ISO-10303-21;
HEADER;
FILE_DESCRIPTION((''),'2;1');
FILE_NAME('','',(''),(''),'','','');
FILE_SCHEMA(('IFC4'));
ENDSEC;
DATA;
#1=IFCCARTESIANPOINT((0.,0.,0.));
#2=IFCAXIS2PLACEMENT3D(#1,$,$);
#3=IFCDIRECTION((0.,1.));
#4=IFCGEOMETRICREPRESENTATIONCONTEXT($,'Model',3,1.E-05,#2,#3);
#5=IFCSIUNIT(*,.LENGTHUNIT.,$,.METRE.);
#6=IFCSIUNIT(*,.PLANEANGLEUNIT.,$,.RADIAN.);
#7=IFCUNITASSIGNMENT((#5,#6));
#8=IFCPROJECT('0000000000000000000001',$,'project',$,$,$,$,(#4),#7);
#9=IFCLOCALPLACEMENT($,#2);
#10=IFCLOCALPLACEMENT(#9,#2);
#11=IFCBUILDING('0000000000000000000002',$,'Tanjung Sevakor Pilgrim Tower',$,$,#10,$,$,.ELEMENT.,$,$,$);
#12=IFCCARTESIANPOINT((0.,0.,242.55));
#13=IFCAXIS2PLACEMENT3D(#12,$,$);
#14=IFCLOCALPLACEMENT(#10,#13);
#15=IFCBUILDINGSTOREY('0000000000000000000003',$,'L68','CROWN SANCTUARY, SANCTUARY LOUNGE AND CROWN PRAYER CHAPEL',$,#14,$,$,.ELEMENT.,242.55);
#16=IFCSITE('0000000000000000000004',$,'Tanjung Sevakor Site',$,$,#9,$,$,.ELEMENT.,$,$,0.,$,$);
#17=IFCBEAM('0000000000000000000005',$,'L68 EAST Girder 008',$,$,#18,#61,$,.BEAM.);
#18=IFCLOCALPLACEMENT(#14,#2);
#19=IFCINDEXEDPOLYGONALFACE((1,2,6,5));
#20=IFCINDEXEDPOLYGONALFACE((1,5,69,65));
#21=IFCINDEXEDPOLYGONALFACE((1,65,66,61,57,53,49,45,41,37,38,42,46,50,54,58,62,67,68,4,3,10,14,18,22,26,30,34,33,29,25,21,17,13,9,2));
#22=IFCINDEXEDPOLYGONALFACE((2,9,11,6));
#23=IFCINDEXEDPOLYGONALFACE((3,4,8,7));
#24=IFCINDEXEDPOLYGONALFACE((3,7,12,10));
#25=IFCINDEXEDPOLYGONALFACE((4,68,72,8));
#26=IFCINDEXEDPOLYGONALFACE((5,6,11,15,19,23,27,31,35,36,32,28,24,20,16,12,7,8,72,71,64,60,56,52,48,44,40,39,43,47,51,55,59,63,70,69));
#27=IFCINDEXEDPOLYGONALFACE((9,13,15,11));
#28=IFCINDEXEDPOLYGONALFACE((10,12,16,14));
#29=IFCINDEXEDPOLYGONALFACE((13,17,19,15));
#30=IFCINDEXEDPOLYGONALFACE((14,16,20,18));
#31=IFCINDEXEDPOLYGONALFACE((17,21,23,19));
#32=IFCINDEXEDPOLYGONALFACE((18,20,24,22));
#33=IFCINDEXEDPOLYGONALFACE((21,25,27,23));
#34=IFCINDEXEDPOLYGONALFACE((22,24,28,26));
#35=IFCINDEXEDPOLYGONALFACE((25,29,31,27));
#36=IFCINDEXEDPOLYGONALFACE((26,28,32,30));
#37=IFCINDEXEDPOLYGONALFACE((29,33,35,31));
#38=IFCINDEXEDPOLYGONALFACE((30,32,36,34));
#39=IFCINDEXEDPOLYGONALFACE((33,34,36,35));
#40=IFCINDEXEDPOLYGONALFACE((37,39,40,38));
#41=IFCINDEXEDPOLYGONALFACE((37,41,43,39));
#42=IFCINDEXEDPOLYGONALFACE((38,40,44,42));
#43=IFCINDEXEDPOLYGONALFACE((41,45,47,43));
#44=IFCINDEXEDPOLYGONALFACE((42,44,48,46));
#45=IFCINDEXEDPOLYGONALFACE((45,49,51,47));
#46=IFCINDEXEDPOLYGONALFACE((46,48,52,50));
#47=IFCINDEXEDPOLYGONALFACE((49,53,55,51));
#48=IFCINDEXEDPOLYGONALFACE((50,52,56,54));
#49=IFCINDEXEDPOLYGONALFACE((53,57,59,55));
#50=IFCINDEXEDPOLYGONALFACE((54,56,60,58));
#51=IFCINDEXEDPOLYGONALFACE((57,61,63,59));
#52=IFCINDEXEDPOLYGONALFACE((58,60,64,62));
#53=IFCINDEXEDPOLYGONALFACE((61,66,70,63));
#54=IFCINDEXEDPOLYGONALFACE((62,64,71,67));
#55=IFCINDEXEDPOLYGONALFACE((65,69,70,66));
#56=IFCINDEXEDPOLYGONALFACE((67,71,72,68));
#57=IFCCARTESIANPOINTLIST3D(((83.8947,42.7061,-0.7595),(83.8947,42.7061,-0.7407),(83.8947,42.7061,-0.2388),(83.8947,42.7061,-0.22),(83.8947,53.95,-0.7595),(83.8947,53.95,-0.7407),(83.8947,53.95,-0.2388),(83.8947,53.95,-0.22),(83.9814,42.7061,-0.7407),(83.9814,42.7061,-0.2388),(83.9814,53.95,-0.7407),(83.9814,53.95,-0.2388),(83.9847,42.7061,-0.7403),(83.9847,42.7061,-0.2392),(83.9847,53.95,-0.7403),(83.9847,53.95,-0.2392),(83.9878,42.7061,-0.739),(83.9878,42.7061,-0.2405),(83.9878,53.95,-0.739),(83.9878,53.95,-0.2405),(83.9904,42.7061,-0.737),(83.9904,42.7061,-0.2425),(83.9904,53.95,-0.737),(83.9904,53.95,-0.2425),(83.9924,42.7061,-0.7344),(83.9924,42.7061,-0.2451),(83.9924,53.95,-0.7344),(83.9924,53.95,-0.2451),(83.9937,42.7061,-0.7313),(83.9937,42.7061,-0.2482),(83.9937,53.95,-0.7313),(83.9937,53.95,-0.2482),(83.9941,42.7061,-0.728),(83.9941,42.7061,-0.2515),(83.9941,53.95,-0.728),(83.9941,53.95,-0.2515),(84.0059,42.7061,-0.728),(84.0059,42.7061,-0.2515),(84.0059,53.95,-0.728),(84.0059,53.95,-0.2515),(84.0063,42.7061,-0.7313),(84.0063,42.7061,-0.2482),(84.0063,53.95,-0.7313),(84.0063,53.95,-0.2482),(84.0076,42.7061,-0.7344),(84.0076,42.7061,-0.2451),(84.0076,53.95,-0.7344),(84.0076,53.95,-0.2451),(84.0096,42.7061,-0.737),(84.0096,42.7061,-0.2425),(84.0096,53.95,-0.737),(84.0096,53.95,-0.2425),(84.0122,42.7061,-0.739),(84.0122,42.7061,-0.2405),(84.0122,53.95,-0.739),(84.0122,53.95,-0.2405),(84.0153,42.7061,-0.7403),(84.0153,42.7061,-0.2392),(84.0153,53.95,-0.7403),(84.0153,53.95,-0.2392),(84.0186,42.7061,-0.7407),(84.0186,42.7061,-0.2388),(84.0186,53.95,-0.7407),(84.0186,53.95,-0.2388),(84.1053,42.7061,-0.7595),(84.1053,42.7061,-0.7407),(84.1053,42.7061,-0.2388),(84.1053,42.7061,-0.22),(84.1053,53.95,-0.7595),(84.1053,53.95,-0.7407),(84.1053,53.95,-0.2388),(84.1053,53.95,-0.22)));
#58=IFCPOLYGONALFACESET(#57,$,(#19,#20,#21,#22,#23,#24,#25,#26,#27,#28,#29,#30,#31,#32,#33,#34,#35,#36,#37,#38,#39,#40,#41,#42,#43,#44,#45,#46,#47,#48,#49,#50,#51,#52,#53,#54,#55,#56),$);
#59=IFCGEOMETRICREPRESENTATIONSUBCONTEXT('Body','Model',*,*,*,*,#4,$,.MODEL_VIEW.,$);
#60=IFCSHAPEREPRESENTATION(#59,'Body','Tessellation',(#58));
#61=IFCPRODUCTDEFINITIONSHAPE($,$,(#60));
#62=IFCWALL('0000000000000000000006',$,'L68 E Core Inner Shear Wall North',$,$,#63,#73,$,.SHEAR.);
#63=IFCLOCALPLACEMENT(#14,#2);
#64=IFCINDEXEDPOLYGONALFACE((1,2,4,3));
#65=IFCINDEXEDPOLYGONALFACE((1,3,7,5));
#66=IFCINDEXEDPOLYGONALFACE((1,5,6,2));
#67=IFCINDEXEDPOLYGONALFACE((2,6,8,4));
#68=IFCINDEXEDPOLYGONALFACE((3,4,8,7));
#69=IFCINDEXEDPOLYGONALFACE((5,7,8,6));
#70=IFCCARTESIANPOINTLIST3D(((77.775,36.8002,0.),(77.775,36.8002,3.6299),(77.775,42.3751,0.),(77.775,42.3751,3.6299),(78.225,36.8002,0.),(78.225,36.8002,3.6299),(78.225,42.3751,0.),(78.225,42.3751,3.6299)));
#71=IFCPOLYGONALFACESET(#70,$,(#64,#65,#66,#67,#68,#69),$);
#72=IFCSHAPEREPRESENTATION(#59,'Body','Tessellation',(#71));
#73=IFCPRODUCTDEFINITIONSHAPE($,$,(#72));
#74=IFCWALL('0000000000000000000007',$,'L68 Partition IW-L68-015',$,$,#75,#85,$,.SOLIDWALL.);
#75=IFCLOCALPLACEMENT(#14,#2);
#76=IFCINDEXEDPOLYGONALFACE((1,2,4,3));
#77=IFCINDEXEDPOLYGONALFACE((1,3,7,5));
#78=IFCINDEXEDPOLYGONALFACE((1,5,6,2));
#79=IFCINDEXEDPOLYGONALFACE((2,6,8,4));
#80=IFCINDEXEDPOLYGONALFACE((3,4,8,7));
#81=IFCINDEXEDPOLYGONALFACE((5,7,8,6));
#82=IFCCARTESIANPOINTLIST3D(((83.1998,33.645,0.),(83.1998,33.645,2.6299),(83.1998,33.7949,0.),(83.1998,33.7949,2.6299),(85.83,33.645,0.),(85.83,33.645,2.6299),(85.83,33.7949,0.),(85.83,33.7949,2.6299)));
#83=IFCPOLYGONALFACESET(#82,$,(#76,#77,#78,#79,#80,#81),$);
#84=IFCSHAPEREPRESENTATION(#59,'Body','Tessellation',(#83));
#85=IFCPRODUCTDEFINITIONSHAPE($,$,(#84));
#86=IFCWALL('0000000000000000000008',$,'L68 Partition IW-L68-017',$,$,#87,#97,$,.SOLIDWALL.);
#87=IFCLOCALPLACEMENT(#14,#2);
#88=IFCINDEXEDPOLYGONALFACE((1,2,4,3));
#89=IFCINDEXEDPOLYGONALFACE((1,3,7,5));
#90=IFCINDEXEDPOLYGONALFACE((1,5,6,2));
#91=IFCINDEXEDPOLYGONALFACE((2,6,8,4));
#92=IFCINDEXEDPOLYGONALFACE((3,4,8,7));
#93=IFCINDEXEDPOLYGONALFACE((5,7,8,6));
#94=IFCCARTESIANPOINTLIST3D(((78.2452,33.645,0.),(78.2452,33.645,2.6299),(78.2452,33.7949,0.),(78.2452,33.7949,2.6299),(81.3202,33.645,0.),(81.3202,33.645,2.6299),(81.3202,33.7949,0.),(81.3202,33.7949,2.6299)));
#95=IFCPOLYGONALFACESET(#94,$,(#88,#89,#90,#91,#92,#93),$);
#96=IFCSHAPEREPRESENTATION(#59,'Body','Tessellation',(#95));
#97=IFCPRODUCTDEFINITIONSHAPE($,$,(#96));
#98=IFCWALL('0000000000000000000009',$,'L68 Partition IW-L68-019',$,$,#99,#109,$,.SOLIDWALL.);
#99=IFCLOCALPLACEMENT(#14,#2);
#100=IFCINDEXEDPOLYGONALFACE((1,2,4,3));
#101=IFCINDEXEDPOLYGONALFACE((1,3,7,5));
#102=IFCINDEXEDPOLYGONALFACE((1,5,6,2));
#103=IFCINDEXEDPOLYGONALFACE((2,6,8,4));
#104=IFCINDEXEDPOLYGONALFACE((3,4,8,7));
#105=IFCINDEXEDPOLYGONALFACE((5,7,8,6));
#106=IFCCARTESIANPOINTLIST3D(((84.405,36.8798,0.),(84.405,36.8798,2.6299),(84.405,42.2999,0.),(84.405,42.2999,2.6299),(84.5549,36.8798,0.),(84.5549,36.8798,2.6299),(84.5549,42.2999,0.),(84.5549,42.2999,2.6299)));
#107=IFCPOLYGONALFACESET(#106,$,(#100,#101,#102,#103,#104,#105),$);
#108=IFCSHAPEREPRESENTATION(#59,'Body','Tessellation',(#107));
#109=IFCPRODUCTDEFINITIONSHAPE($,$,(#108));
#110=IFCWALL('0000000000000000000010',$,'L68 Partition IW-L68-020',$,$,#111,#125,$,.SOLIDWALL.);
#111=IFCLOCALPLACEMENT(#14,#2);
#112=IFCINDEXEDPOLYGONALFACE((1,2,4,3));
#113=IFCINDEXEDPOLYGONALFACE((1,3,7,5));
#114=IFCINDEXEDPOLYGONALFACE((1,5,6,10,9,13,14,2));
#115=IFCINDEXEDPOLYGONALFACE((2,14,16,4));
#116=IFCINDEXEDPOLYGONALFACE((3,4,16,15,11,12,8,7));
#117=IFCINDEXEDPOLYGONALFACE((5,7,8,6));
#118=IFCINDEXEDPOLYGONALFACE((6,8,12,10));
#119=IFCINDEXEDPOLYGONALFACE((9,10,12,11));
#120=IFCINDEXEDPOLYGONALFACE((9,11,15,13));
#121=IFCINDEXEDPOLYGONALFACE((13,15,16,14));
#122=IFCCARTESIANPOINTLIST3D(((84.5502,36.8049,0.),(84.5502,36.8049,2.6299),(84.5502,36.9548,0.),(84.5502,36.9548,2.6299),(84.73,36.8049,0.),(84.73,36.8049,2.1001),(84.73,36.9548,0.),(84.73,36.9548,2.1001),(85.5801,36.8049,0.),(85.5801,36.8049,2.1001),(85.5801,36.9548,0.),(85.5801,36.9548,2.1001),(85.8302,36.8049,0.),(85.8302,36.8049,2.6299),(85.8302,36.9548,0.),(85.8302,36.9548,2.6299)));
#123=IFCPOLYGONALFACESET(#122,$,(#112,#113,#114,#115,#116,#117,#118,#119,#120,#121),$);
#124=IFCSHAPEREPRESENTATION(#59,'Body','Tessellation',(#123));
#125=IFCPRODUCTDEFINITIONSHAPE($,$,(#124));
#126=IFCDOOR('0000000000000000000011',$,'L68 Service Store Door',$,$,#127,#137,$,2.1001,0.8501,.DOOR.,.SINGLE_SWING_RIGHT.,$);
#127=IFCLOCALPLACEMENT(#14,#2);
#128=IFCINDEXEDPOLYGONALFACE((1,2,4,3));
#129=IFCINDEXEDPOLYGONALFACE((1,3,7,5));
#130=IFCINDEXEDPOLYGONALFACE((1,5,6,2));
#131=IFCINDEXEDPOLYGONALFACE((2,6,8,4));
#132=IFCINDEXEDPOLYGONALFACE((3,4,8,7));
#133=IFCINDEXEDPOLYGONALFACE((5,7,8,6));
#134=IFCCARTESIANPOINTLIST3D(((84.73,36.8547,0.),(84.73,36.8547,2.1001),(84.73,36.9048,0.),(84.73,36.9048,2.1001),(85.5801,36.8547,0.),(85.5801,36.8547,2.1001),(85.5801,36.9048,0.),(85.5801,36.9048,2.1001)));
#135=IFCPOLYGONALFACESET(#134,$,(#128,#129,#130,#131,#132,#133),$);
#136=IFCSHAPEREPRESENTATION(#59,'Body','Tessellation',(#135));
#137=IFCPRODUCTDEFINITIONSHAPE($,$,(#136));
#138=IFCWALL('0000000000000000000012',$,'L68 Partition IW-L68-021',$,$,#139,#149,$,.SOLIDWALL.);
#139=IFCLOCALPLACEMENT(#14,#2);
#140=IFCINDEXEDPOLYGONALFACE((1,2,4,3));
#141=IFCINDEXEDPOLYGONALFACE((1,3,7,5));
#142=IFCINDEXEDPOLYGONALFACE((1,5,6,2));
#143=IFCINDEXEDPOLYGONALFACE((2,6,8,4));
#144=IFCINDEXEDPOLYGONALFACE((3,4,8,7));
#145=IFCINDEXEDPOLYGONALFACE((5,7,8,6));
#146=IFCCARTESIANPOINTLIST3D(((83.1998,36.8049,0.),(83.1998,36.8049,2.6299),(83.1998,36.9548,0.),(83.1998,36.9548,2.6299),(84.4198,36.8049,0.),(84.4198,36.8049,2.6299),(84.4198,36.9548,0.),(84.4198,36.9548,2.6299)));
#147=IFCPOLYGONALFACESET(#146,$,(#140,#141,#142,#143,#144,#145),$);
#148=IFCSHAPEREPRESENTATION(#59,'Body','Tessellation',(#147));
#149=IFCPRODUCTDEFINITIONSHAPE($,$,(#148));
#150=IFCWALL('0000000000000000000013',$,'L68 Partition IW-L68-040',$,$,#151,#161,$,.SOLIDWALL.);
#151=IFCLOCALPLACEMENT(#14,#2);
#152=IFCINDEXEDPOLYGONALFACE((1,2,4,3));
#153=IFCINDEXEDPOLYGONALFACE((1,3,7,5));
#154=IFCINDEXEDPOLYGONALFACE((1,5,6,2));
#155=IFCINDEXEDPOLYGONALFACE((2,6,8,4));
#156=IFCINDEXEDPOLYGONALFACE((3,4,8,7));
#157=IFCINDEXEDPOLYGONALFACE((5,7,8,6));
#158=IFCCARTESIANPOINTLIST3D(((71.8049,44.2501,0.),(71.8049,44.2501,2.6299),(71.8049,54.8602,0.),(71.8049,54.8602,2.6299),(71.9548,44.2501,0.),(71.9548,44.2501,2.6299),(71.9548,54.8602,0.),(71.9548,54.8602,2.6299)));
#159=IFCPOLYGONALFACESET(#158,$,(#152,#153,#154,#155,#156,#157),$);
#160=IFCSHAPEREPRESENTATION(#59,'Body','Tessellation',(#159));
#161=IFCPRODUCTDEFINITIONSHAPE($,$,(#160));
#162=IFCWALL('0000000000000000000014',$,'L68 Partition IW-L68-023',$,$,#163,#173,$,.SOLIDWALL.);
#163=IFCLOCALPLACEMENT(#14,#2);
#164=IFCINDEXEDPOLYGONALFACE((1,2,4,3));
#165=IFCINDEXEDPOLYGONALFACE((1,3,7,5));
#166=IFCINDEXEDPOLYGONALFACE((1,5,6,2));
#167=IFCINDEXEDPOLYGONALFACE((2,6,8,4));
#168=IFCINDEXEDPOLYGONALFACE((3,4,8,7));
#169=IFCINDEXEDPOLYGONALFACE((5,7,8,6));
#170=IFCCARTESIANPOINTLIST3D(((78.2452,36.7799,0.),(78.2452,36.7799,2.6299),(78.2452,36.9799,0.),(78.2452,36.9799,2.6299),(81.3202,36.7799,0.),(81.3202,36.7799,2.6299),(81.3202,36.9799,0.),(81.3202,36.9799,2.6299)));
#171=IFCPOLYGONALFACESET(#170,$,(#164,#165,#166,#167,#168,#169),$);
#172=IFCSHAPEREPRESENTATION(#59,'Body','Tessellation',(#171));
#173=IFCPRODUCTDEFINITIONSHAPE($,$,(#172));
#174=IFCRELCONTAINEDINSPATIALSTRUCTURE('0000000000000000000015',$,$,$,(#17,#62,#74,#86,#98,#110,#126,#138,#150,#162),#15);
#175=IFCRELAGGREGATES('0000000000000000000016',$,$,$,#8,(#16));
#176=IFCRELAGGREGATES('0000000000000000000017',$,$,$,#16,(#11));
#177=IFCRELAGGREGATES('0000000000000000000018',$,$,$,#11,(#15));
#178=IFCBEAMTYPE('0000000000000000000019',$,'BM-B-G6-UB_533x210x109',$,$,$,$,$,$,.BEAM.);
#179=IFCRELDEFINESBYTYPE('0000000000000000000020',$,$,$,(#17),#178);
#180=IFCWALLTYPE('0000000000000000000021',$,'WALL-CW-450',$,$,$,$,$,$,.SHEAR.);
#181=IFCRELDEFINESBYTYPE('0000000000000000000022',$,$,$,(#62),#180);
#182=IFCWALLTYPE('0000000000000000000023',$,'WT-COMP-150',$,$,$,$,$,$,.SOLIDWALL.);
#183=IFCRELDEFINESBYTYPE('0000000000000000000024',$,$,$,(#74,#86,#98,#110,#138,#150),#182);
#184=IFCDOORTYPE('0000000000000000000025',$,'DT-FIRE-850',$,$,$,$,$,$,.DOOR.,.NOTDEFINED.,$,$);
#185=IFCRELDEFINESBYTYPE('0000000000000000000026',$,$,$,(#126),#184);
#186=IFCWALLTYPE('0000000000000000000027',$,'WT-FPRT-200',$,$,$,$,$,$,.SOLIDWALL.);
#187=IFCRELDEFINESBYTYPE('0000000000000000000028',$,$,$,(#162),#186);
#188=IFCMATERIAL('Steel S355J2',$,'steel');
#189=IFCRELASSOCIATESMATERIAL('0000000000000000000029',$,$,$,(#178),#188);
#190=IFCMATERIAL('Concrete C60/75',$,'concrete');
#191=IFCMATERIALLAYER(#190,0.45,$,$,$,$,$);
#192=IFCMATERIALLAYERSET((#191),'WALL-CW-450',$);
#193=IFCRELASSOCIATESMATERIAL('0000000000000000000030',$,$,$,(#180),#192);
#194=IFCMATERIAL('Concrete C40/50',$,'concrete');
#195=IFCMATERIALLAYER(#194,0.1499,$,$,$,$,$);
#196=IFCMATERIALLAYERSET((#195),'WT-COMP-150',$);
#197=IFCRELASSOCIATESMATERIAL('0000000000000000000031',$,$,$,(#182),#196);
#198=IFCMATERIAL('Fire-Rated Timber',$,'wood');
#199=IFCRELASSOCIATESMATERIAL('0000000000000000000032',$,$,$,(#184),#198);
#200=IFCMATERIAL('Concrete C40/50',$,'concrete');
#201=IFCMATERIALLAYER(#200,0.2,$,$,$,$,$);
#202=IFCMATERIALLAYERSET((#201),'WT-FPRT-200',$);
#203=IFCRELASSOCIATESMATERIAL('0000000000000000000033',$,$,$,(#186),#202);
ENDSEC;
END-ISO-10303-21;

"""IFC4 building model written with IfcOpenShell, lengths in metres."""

from ifc_helpers import new_model, si_unit, direction, frame, frame_2d, origin, origin_2d, place, context, subcontext, project, spatial, rectangle, i_section, extrude, material, layer, layer_set, material_profile, profile_set, type_object, element, fill, save


model = new_model("IFC4")

# Units and contexts
model_context = context("Model", 3, precision=1e-05, world=origin(), true_north=direction((0.0, 1.0)))
body_context = subcontext(model_context, "Body", "Model", "MODEL_VIEW")
ifc_project = project(units=[si_unit("LENGTHUNIT", "METRE"), si_unit("PLANEANGLEUNIT", "RADIAN")], contexts=[model_context])

# Site, building, storey
site_placement = place(None, origin())
site = spatial("IfcSite", under=ifc_project, at=site_placement, Name="Tanjung Sevakor Site", CompositionType="ELEMENT", RefElevation=0.0)
building_placement = place(site_placement, origin())
building = spatial("IfcBuilding", under=site, at=building_placement, Name="Tanjung Sevakor Pilgrim Tower", CompositionType="ELEMENT")
storey_placement = place(building_placement, frame((0.0, 0.0, 242.55)))
storey = spatial("IfcBuildingStorey", under=building, at=storey_placement, Name="L68", Description="CROWN SANCTUARY, SANCTUARY LOUNGE AND CROWN PRAYER CHAPEL", CompositionType="ELEMENT", Elevation=242.55)

# Beam
ifc_material_1 = material(Name="Steel S355J2", Category="steel")
ifc_material_profile_1 = material_profile(ifc_material_1, i_section(OverallWidth=0.2107, OverallDepth=0.5396, WebThickness=0.0117, FlangeThickness=0.0188, FilletRadius=0.0127, at=origin_2d()))
ifc_profile_set_1 = profile_set([ifc_material_profile_1], Name="Steel S355J2")
beam_type_1 = type_object("IfcBeamType", Name="BM-B-G6-UB_533x210x109", PredefinedType="BEAM", material=ifc_profile_set_1)
for number, where, z_axis, x_axis, name in (
    (1, (84.0, 42.7061, -0.4897), (0.0, 1.0, 0.0), (-1.0, 0.0, 0.0), "L68 EAST Girder 008"),
):
    element("IfcBeam", number, at=place(storey_placement, frame(where, z_axis=z_axis, x_axis=x_axis)), inside=storey, type_object=beam_type_1, Name=name, PredefinedType="BEAM", context=body_context, shape_type="SweptSolid", body=[
        extrude(i_section(OverallWidth=0.2107, OverallDepth=0.5396, WebThickness=0.0117, FlangeThickness=0.0188, FilletRadius=0.0127, at=origin_2d()), origin(), (0.0, 0.0, 1.0), 11.2439),
    ])

# Walls
ifc_material_2 = material(Name="Concrete C60/75", Category="concrete")
ifc_layer_1 = layer(ifc_material_2, 0.45)
ifc_layer_set_1 = layer_set([ifc_layer_1], Name="WALL-CW-450")
wall_type_1 = type_object("IfcWallType", Name="WALL-CW-450", PredefinedType="SHEAR", material=ifc_layer_set_1)
wall_1_placement = place(storey_placement, frame((78.0, 36.8, 0.0), z_axis=(0.0, 0.0, 1.0), x_axis=(0.0, 1.0, 0.0)))
element("IfcWall", 2, at=wall_1_placement, inside=storey, type_object=wall_type_1, Name="L68 E Core Inner Shear Wall North", PredefinedType="SHEAR", context=body_context, shape_type="SweptSolid", body=[
    extrude(rectangle(XDim=5.575, YDim=0.45, at=frame_2d((2.7876, 0.0))), origin(), (0.0, 0.0, 1.0), 3.6299),
])
ifc_material_3 = material(Name="Concrete C40/50", Category="concrete")
ifc_layer_2 = layer(ifc_material_3, 0.1499)
ifc_layer_set_2 = layer_set([ifc_layer_2], Name="WT-COMP-150")
wall_type_2 = type_object("IfcWallType", Name="WT-COMP-150", PredefinedType="SOLIDWALL", material=ifc_layer_set_2)
wall_2_placement = place(storey_placement, frame((83.2, 33.72, 0.0), z_axis=(0.0, 0.0, 1.0), x_axis=(1.0, 0.0, 0.0)))
element("IfcWall", 3, at=wall_2_placement, inside=storey, type_object=wall_type_2, Name="L68 Partition IW-L68-015", PredefinedType="SOLIDWALL", context=body_context, shape_type="SweptSolid", body=[
    extrude(rectangle(XDim=2.6301, YDim=0.1499, at=frame_2d((1.3149, 0.0))), origin(), (0.0, 0.0, 1.0), 2.6299),
])
wall_3_placement = place(storey_placement, frame((78.2451, 33.72, 0.0), z_axis=(0.0, 0.0, 1.0), x_axis=(1.0, 0.0, 0.0)))
element("IfcWall", 4, at=wall_3_placement, inside=storey, type_object=wall_type_2, Name="L68 Partition IW-L68-017", PredefinedType="SOLIDWALL", context=body_context, shape_type="SweptSolid", body=[
    extrude(rectangle(XDim=3.075, YDim=0.1499, at=frame_2d((1.5376, 0.0))), origin(), (0.0, 0.0, 1.0), 2.6299),
])
wall_4_placement = place(storey_placement, frame((84.48, 36.8799, 0.0), z_axis=(0.0, 0.0, 1.0), x_axis=(0.0, 1.0, 0.0)))
element("IfcWall", 5, at=wall_4_placement, inside=storey, type_object=wall_type_2, Name="L68 Partition IW-L68-019", PredefinedType="SOLIDWALL", context=body_context, shape_type="SweptSolid", body=[
    extrude(rectangle(XDim=5.4202, YDim=0.1499, at=frame_2d((2.71, 0.0))), origin(), (0.0, 0.0, 1.0), 2.6299),
])

# Wall, opening, door
wall_5_placement = place(storey_placement, frame((84.55, 36.8799, 0.0), z_axis=(0.0, 0.0, 1.0), x_axis=(1.0, 0.0, 0.0)))
wall_5 = element("IfcWall", 6, at=wall_5_placement, inside=storey, type_object=wall_type_2, Name="L68 Partition IW-L68-020", PredefinedType="SOLIDWALL", context=body_context, shape_type="SweptSolid", body=[
    extrude(rectangle(XDim=1.28, YDim=0.1499, at=frame_2d((0.6401, 0.0))), origin(), (0.0, 0.0, 1.0), 2.6299),
])
opening_1_placement = place(wall_5_placement, frame((0.1799, 0.0, 0.0)))
opening_1 = element("IfcOpeningElement", 7, at=opening_1_placement, cuts=wall_5, PredefinedType="OPENING", context=body_context, shape_type="SweptSolid", body=[
    extrude(rectangle(XDim=0.8501, YDim=2.1001, at=frame_2d((0.425, 1.05))), frame((0.0, 0.085, 0.0), z_axis=(0.0, -1.0, 0.0), x_axis=(1.0, 0.0, 0.0)), (0.0, 0.0, 1.0), 0.1699),
])
ifc_material_4 = material(Name="Fire-Rated Timber", Category="wood")
door_type_1 = type_object("IfcDoorType", Name="DT-FIRE-850", OperationType="NOTDEFINED", PredefinedType="DOOR", material=ifc_material_4)
door_1_placement = place(opening_1_placement, origin())
door_1 = element("IfcDoor", 8, at=door_1_placement, inside=storey, type_object=door_type_1, Name="L68 Service Store Door", OperationType="SINGLE_SWING_RIGHT", OverallHeight=2.1001, OverallWidth=0.8501, PredefinedType="DOOR", context=body_context, shape_type="SweptSolid", body=[
    extrude(rectangle(XDim=0.8501, YDim=2.1001, at=frame_2d((0.425, 1.05))), frame((0.0, 0.0249, 0.0), z_axis=(0.0, -1.0, 0.0), x_axis=(1.0, 0.0, 0.0)), (0.0, 0.0, 1.0), 0.05),
])
fill(opening_1, door_1)

# Wall
wall_6_placement = place(storey_placement, frame((83.2, 36.8799, 0.0), z_axis=(0.0, 0.0, 1.0), x_axis=(1.0, 0.0, 0.0)))
element("IfcWall", 9, at=wall_6_placement, inside=storey, type_object=wall_type_2, Name="L68 Partition IW-L68-021", PredefinedType="SOLIDWALL", context=body_context, shape_type="SweptSolid", body=[
    extrude(rectangle(XDim=1.22, YDim=0.1499, at=frame_2d((0.6099, 0.0))), origin(), (0.0, 0.0, 1.0), 2.6299),
])

# Walls
wall_7_placement = place(storey_placement, frame((71.8799, 44.25, 0.0), z_axis=(0.0, 0.0, 1.0), x_axis=(0.0, 1.0, 0.0)))
element("IfcWall", 10, at=wall_7_placement, inside=storey, type_object=wall_type_2, Name="L68 Partition IW-L68-040", PredefinedType="SOLIDWALL", context=body_context, shape_type="SweptSolid", body=[
    extrude(rectangle(XDim=10.6101, YDim=0.1499, at=frame_2d((5.3052, 0.0))), origin(), (0.0, 0.0, 1.0), 2.6299),
])
ifc_material_5 = material(Name="Concrete C40/50", Category="concrete")
ifc_layer_3 = layer(ifc_material_5, 0.2)
ifc_layer_set_3 = layer_set([ifc_layer_3], Name="WT-FPRT-200")
wall_type_3 = type_object("IfcWallType", Name="WT-FPRT-200", PredefinedType="SOLIDWALL", material=ifc_layer_set_3)
wall_8_placement = place(storey_placement, frame((78.2451, 36.8799, 0.0), z_axis=(0.0, 0.0, 1.0), x_axis=(1.0, 0.0, 0.0)))
element("IfcWall", 11, at=wall_8_placement, inside=storey, type_object=wall_type_3, Name="L68 Partition IW-L68-023", PredefinedType="SOLIDWALL", context=body_context, shape_type="SweptSolid", body=[
    extrude(rectangle(XDim=3.075, YDim=0.2, at=frame_2d((1.5376, 0.0))), origin(), (0.0, 0.0, 1.0), 2.6299),
])

save(model, "model.ifc")
